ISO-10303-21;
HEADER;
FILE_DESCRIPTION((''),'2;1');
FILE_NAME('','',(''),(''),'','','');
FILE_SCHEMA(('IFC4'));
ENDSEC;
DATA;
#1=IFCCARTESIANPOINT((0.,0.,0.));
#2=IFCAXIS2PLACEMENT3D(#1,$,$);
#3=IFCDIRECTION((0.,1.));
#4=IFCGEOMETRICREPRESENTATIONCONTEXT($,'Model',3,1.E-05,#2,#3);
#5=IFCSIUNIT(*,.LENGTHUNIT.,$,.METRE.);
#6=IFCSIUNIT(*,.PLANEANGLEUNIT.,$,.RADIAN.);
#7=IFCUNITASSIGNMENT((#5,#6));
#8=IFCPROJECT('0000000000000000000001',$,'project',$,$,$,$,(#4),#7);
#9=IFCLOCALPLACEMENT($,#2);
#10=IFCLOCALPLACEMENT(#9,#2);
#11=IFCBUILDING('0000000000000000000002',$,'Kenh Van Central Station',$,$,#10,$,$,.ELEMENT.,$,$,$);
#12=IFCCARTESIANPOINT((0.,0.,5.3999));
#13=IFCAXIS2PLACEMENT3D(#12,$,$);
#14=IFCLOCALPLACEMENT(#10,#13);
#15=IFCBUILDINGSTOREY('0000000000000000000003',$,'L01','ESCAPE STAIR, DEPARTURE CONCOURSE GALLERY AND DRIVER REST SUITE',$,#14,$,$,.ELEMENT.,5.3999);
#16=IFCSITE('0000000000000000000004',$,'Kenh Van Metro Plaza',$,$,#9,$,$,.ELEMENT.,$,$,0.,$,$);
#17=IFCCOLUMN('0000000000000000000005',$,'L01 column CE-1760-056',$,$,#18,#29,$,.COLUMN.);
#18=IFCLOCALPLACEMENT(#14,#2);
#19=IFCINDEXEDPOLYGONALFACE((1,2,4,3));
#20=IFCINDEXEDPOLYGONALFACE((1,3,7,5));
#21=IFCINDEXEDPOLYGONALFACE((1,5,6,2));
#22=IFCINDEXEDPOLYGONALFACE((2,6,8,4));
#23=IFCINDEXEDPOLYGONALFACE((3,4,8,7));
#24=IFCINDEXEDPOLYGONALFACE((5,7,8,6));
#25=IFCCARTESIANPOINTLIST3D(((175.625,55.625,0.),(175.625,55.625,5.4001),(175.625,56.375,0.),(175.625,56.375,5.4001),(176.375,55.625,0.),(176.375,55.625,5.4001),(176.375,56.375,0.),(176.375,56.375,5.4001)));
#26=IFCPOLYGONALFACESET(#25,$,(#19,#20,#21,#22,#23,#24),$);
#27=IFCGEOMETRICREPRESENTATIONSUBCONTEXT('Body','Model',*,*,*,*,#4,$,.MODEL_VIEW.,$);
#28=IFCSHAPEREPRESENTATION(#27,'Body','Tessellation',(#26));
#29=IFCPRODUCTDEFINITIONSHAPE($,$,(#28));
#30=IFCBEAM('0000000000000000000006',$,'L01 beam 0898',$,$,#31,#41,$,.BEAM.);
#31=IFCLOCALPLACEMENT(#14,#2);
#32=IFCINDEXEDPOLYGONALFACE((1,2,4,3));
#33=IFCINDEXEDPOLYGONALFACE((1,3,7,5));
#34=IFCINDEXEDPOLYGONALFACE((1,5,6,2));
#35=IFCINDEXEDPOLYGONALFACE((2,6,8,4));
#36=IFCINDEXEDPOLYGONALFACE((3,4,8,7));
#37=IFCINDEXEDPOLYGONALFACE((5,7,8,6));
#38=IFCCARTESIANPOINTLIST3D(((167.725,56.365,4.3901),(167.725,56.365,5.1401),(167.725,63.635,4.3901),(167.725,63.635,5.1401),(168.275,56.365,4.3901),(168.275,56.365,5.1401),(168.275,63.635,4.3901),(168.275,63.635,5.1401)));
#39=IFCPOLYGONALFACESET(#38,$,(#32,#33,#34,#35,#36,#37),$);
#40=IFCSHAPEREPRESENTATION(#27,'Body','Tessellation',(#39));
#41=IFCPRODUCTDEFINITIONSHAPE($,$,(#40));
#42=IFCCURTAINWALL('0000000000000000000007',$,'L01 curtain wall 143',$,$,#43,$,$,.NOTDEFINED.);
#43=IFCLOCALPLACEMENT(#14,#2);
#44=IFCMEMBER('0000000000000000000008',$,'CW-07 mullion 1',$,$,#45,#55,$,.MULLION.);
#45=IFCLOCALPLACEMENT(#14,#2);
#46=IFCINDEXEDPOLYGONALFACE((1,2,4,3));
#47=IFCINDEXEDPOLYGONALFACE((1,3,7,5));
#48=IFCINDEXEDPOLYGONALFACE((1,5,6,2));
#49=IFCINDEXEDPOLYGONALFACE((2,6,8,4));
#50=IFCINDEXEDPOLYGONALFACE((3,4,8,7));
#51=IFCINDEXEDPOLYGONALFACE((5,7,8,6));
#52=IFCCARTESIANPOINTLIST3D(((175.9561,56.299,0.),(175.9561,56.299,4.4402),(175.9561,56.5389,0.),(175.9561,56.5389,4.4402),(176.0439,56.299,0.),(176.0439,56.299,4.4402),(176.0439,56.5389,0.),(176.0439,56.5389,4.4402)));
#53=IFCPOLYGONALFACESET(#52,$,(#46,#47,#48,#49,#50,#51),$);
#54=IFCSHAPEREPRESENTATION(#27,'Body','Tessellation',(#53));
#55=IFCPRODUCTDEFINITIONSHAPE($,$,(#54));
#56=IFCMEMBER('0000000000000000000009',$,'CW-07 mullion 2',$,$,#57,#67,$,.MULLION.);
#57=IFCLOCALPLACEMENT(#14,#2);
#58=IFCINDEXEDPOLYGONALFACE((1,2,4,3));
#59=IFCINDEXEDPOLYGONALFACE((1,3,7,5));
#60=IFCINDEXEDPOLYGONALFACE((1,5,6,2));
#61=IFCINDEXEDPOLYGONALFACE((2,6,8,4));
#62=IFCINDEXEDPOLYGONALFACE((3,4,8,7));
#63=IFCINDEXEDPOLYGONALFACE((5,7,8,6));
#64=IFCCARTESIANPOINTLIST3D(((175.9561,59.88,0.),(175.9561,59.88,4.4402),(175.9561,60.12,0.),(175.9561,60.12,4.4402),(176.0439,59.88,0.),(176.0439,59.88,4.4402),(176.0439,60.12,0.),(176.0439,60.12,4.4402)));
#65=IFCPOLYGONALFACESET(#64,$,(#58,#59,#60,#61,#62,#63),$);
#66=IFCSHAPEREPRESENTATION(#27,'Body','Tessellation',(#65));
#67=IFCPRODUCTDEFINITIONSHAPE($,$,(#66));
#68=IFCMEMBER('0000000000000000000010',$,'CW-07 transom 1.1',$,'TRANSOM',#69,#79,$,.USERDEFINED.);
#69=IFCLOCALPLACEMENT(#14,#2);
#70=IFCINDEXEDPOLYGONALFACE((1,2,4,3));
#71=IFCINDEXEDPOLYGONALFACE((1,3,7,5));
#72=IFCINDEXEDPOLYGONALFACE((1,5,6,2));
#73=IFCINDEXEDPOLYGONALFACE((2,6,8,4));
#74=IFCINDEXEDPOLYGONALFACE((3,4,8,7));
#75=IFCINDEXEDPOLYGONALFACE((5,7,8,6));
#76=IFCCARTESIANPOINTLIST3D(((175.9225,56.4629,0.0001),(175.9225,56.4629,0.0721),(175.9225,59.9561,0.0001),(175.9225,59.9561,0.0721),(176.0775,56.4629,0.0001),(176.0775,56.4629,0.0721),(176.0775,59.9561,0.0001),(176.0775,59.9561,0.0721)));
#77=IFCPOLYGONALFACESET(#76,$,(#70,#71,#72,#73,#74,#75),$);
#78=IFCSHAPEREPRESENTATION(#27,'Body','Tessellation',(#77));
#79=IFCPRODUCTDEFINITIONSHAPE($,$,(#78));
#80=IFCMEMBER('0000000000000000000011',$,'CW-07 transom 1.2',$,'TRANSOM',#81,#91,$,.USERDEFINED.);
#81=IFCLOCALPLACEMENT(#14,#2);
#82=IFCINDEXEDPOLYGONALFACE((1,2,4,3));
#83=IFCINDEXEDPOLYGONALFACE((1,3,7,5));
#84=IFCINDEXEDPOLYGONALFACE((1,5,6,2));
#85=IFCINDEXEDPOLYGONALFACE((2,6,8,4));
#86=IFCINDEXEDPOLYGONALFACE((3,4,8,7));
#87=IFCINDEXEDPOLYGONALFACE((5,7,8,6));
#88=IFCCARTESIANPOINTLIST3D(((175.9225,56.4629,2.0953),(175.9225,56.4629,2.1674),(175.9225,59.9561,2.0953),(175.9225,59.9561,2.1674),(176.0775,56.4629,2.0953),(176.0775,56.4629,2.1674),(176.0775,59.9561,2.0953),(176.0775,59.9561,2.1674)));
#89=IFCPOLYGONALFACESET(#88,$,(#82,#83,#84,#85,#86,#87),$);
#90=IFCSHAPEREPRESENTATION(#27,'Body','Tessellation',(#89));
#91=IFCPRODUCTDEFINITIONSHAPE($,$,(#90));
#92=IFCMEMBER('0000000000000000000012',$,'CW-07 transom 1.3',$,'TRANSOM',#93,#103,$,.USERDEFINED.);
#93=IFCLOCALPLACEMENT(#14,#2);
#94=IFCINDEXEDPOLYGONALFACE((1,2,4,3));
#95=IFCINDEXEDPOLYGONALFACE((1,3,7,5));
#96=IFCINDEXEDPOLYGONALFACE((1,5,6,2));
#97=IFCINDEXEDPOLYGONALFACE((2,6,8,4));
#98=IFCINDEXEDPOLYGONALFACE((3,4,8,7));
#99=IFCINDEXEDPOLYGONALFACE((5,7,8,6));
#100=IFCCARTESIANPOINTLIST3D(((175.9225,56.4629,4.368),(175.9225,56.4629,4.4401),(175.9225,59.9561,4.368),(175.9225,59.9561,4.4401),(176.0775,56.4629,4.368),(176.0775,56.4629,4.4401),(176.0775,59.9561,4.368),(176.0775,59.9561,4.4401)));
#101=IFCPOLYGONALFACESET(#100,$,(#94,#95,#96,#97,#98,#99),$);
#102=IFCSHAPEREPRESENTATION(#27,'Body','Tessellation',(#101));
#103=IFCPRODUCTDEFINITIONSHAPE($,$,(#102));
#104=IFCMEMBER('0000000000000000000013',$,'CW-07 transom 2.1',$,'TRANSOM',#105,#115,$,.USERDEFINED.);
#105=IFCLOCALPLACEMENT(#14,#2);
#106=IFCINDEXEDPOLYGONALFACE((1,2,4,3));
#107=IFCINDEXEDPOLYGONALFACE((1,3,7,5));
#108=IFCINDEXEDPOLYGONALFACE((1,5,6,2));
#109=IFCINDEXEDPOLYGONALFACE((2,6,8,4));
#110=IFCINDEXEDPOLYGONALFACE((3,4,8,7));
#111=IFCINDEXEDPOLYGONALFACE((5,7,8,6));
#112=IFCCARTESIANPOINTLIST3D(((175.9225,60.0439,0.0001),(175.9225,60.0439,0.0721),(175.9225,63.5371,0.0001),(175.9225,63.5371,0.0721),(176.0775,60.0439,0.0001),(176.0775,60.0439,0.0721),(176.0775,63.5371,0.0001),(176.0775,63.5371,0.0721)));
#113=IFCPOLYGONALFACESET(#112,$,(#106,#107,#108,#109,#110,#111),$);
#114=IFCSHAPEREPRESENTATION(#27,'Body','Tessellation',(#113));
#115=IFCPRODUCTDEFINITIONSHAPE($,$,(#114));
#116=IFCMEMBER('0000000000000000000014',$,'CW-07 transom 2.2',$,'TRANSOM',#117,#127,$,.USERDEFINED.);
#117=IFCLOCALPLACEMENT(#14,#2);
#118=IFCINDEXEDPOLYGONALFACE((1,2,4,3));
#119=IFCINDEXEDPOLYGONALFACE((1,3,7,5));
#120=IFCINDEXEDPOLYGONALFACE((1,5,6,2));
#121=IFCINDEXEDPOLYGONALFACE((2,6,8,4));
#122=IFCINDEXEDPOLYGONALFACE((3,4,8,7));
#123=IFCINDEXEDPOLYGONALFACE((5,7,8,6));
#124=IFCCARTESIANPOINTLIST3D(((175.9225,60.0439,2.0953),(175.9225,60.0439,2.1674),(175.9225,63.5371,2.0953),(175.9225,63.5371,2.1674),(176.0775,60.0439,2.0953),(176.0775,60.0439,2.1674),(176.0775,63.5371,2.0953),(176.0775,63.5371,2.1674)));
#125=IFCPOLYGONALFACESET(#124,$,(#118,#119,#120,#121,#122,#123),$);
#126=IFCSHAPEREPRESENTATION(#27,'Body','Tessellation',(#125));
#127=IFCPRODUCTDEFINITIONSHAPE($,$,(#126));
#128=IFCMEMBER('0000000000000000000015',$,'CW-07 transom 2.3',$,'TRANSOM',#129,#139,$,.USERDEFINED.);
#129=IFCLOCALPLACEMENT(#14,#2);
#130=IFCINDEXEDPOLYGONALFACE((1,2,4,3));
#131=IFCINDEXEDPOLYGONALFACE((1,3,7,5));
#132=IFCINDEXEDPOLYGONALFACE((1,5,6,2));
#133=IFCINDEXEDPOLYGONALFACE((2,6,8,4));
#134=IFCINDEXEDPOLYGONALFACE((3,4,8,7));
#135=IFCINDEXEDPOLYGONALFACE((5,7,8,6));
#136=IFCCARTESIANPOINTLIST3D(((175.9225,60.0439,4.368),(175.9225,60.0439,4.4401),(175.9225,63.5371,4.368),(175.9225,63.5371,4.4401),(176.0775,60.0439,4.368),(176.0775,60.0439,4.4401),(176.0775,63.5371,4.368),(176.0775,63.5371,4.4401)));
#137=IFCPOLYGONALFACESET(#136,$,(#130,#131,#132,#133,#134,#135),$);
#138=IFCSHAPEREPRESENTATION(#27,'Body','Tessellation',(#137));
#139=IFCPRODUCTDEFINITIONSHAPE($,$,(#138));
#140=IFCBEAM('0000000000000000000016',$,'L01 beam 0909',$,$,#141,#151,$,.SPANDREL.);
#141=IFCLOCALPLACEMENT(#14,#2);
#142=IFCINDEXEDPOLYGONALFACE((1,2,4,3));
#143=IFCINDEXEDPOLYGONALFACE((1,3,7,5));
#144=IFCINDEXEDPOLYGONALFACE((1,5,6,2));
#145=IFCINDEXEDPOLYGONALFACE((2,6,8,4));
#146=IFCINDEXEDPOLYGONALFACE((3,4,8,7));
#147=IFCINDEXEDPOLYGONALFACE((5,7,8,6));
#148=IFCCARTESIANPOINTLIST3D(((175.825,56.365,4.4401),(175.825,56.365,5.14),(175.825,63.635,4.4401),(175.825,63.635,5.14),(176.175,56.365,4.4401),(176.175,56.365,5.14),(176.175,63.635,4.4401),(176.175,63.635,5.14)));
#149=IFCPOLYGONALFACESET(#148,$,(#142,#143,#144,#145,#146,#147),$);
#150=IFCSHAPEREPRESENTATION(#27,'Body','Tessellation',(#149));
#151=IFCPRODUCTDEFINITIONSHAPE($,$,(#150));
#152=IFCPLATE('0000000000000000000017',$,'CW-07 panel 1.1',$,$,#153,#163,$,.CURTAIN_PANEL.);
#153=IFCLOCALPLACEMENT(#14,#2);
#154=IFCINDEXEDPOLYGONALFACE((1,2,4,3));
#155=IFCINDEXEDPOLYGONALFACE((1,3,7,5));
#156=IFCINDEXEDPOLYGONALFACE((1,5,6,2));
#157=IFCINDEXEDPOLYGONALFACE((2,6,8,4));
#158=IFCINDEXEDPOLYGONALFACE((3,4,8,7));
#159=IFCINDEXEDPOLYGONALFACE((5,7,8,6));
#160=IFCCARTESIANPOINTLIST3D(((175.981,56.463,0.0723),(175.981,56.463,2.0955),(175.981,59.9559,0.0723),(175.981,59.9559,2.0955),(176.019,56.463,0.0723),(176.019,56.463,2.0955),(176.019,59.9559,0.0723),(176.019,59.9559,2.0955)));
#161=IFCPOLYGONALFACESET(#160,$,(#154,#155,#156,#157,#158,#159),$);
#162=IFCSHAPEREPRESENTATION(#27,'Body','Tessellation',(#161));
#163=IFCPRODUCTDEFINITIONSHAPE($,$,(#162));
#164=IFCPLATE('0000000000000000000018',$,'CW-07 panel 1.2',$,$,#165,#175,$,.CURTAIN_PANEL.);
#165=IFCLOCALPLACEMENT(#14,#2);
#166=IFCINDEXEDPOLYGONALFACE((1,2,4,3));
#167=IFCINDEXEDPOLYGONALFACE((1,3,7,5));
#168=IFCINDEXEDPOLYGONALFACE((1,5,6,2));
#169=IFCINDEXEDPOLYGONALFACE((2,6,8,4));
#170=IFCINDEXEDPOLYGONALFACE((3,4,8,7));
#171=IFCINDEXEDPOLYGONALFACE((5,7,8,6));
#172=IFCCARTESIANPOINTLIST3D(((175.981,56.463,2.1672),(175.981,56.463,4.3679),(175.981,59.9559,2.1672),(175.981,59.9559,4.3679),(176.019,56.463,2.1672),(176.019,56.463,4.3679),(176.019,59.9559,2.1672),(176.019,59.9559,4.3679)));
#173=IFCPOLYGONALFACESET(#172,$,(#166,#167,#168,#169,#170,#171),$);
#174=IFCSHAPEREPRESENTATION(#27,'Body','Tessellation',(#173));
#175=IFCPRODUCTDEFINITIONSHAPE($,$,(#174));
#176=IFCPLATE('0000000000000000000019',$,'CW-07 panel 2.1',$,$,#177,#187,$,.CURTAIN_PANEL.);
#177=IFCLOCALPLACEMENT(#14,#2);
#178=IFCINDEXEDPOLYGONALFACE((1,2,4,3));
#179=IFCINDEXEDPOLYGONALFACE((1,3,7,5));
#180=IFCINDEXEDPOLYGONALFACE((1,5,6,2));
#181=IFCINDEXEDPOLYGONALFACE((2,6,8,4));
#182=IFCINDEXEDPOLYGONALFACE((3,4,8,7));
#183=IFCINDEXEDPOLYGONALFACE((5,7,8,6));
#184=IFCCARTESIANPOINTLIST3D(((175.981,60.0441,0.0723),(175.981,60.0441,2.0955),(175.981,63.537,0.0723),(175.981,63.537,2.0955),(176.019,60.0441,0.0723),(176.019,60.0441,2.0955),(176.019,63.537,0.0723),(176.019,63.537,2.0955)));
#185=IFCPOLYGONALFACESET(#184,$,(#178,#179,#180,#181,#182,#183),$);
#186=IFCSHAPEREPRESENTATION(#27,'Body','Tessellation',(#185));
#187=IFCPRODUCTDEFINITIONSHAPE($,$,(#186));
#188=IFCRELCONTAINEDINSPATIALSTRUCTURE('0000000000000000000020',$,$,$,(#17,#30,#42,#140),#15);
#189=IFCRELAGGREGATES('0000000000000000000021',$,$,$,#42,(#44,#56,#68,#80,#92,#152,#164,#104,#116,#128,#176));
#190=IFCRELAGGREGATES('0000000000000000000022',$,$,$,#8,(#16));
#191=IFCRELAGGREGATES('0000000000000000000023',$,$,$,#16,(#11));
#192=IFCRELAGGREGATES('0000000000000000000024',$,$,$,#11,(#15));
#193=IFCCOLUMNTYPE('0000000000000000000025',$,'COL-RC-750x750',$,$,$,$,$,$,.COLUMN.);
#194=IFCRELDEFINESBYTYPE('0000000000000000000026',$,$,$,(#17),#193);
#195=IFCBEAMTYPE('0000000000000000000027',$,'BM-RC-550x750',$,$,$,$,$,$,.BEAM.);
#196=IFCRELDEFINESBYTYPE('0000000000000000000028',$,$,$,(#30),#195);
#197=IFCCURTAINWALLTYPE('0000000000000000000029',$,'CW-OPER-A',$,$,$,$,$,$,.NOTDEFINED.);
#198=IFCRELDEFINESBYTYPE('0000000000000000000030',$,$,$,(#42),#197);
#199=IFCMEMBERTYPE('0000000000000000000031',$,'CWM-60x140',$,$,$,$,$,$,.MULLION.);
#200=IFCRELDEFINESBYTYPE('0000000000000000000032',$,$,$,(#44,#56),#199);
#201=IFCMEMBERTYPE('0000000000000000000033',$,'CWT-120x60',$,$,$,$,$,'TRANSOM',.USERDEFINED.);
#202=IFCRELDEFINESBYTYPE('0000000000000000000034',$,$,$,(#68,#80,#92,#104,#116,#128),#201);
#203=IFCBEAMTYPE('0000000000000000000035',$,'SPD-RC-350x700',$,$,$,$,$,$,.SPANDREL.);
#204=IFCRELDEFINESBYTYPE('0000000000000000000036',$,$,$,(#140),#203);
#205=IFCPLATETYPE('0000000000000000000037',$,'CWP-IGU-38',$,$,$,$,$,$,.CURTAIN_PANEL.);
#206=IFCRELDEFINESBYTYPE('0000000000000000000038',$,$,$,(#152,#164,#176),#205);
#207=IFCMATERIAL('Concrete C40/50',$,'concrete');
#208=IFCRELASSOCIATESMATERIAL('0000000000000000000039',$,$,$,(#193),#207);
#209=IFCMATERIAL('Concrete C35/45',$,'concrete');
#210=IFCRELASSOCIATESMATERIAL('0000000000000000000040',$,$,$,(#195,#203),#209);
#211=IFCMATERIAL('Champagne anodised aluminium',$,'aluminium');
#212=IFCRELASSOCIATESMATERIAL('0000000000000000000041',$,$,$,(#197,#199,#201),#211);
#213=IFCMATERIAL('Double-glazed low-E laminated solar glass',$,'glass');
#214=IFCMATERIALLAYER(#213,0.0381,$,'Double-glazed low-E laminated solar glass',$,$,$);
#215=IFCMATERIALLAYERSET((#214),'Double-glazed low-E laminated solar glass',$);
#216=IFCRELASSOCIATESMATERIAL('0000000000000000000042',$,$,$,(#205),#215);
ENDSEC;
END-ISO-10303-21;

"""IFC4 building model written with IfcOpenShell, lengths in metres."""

from ifc_helpers import new_model, si_unit, direction, frame, origin, origin_2d, place, context, subcontext, project, spatial, rectangle, extrude, material, layer, layer_set, material_profile, profile_set, type_object, element, aggregate, save


model = new_model("IFC4")

# Units and contexts
model_context = context("Model", 3, precision=1e-05, world=origin(), true_north=direction((0.0, 1.0)))
body_context = subcontext(model_context, "Body", "Model", "MODEL_VIEW")
ifc_project = project(units=[si_unit("LENGTHUNIT", "METRE"), si_unit("PLANEANGLEUNIT", "RADIAN")], contexts=[model_context])

# Site, building, storey
site_placement = place(None, origin())
site = spatial("IfcSite", under=ifc_project, at=site_placement, Name="Kenh Van Metro Plaza", CompositionType="ELEMENT", RefElevation=0.0)
building_placement = place(site_placement, origin())
building = spatial("IfcBuilding", under=site, at=building_placement, Name="Kenh Van Central Station", CompositionType="ELEMENT")
storey_placement = place(building_placement, frame((0.0, 0.0, 5.3999)))
storey = spatial("IfcBuildingStorey", under=building, at=storey_placement, Name="L01", Description="ESCAPE STAIR, DEPARTURE CONCOURSE GALLERY AND DRIVER REST SUITE", CompositionType="ELEMENT", Elevation=5.3999)

# Column
ifc_material_1 = material(Name="Concrete C40/50", Category="concrete")
ifc_material_profile_1 = material_profile(ifc_material_1, rectangle(XDim=0.75, YDim=0.75, at=origin_2d()), Name="RC 750x750")
ifc_profile_set_1 = profile_set([ifc_material_profile_1], Name="Concrete C40/50")
column_type = type_object("IfcColumnType", Name="COL-RC-750x750", PredefinedType="COLUMN", material=ifc_profile_set_1)
column_placement = place(storey_placement, frame((176.0, 56.0, 0.0), z_axis=(0.0, 0.0, 1.0), x_axis=(1.0, 0.0, 0.0)))
element("IfcColumn", 1, at=column_placement, inside=storey, type_object=column_type, Name="L01 column CE-1760-056", PredefinedType="COLUMN", context=body_context, shape_type="SweptSolid", body=[
    extrude(rectangle(XDim=0.75, YDim=0.75, at=origin_2d()), origin(), (0.0, 0.0, 1.0), 5.4001),
])

# Beam
ifc_material_2 = material(Name="Concrete C35/45", Category="concrete")
ifc_material_profile_2 = material_profile(ifc_material_2, rectangle(XDim=0.55, YDim=0.75, at=origin_2d()), Name="RC 550x750")
ifc_profile_set_2 = profile_set([ifc_material_profile_2], Name="Concrete C35/45")
beam_type_1 = type_object("IfcBeamType", Name="BM-RC-550x750", PredefinedType="BEAM", material=ifc_profile_set_2)
beam_1_placement = place(storey_placement, frame((168.0, 56.365, 4.7651), z_axis=(0.0, 1.0, 0.0), x_axis=(-1.0, 0.0, 0.0)))
element("IfcBeam", 2, at=beam_1_placement, inside=storey, type_object=beam_type_1, Name="L01 beam 0898", PredefinedType="BEAM", context=body_context, shape_type="SweptSolid", body=[
    extrude(rectangle(XDim=0.55, YDim=0.75, at=origin_2d()), origin(), (0.0, 0.0, 1.0), 7.27),
])

# Curtain wall, members
ifc_material_3 = material(Name="Champagne anodised aluminium", Category="aluminium")
curtain_wall_type = type_object("IfcCurtainWallType", Name="CW-OPER-A", PredefinedType="NOTDEFINED", material=ifc_material_3)
curtain_wall_placement = place(storey_placement, origin())
curtain_wall = element("IfcCurtainWall", 3, at=curtain_wall_placement, inside=storey, type_object=curtain_wall_type, Name="L01 curtain wall 143", PredefinedType="NOTDEFINED")
ifc_material_profile_3 = material_profile(ifc_material_3, rectangle(XDim=0.0879, YDim=0.24, at=origin_2d()), Name="AL 88x240")
ifc_profile_set_3 = profile_set([ifc_material_profile_3], Name="Champagne anodised aluminium")
member_type_1 = type_object("IfcMemberType", Name="CWM-60x140", PredefinedType="MULLION", material=ifc_profile_set_3)
member_1_placement = place(storey_placement, frame((176.0, 56.4189, 0.0), z_axis=(0.0, 0.0, 1.0), x_axis=(-1.0, 0.0, 0.0)))
member_1 = element("IfcMember", 4, at=member_1_placement, type_object=member_type_1, Name="CW-07 mullion 1", PredefinedType="MULLION", context=body_context, shape_type="SweptSolid", body=[
    extrude(rectangle(XDim=0.0879, YDim=0.24, at=origin_2d()), origin(), (0.0, 0.0, 1.0), 4.4402),
])
member_2_placement = place(storey_placement, frame((176.0, 60.0, 0.0), z_axis=(0.0, 0.0, 1.0), x_axis=(-1.0, 0.0, 0.0)))
member_2 = element("IfcMember", 5, at=member_2_placement, type_object=member_type_1, Name="CW-07 mullion 2", PredefinedType="MULLION", context=body_context, shape_type="SweptSolid", body=[
    extrude(rectangle(XDim=0.0879, YDim=0.24, at=origin_2d()), origin(), (0.0, 0.0, 1.0), 4.4402),
])
ifc_material_profile_4 = material_profile(ifc_material_3, rectangle(XDim=0.155, YDim=0.072, at=origin_2d()), Name="AL 155x72")
ifc_profile_set_4 = profile_set([ifc_material_profile_4], Name="Champagne anodised aluminium")
member_type_2 = type_object("IfcMemberType", Name="CWT-120x60", ElementType="TRANSOM", PredefinedType="USERDEFINED", material=ifc_profile_set_4)
member_3_placement = place(storey_placement, frame((176.0, 56.4629, 0.0361), z_axis=(0.0, 1.0, 0.0), x_axis=(-1.0, 0.0, 0.0)))
member_3 = element("IfcMember", 6, at=member_3_placement, type_object=member_type_2, Name="CW-07 transom 1.1", ObjectType="TRANSOM", PredefinedType="USERDEFINED", context=body_context, shape_type="SweptSolid", body=[
    extrude(rectangle(XDim=0.155, YDim=0.072, at=origin_2d()), origin(), (0.0, 0.0, 1.0), 3.4932),
])
member_4_placement = place(storey_placement, frame((176.0, 56.4629, 2.1313), z_axis=(0.0, 1.0, 0.0), x_axis=(-1.0, 0.0, 0.0)))
member_4 = element("IfcMember", 7, at=member_4_placement, type_object=member_type_2, Name="CW-07 transom 1.2", ObjectType="TRANSOM", PredefinedType="USERDEFINED", context=body_context, shape_type="SweptSolid", body=[
    extrude(rectangle(XDim=0.155, YDim=0.072, at=origin_2d()), origin(), (0.0, 0.0, 1.0), 3.4932),
])
member_5_placement = place(storey_placement, frame((176.0, 56.4629, 4.4041), z_axis=(0.0, 1.0, 0.0), x_axis=(-1.0, 0.0, 0.0)))
member_5 = element("IfcMember", 8, at=member_5_placement, type_object=member_type_2, Name="CW-07 transom 1.3", ObjectType="TRANSOM", PredefinedType="USERDEFINED", context=body_context, shape_type="SweptSolid", body=[
    extrude(rectangle(XDim=0.155, YDim=0.072, at=origin_2d()), origin(), (0.0, 0.0, 1.0), 3.4932),
])
member_6_placement = place(storey_placement, frame((176.0, 60.0439, 0.0361), z_axis=(0.0, 1.0, 0.0), x_axis=(-1.0, 0.0, 0.0)))
member_6 = element("IfcMember", 9, at=member_6_placement, type_object=member_type_2, Name="CW-07 transom 2.1", ObjectType="TRANSOM", PredefinedType="USERDEFINED", context=body_context, shape_type="SweptSolid", body=[
    extrude(rectangle(XDim=0.155, YDim=0.072, at=origin_2d()), origin(), (0.0, 0.0, 1.0), 3.4932),
])
member_7_placement = place(storey_placement, frame((176.0, 60.0439, 2.1313), z_axis=(0.0, 1.0, 0.0), x_axis=(-1.0, 0.0, 0.0)))
member_7 = element("IfcMember", 10, at=member_7_placement, type_object=member_type_2, Name="CW-07 transom 2.2", ObjectType="TRANSOM", PredefinedType="USERDEFINED", context=body_context, shape_type="SweptSolid", body=[
    extrude(rectangle(XDim=0.155, YDim=0.072, at=origin_2d()), origin(), (0.0, 0.0, 1.0), 3.4932),
])
member_8_placement = place(storey_placement, frame((176.0, 60.0439, 4.4041), z_axis=(0.0, 1.0, 0.0), x_axis=(-1.0, 0.0, 0.0)))
member_8 = element("IfcMember", 11, at=member_8_placement, type_object=member_type_2, Name="CW-07 transom 2.3", ObjectType="TRANSOM", PredefinedType="USERDEFINED", context=body_context, shape_type="SweptSolid", body=[
    extrude(rectangle(XDim=0.155, YDim=0.072, at=origin_2d()), origin(), (0.0, 0.0, 1.0), 3.4932),
])

# Beam
ifc_material_profile_5 = material_profile(ifc_material_2, rectangle(XDim=0.3501, YDim=0.7, at=origin_2d()), Name="RC 350x700")
ifc_profile_set_5 = profile_set([ifc_material_profile_5], Name="Concrete C35/45")
beam_type_2 = type_object("IfcBeamType", Name="SPD-RC-350x700", PredefinedType="SPANDREL", material=ifc_profile_set_5)
beam_2_placement = place(storey_placement, frame((176.0, 56.365, 4.79), z_axis=(0.0, 1.0, 0.0), x_axis=(-1.0, 0.0, 0.0)))
element("IfcBeam", 12, at=beam_2_placement, inside=storey, type_object=beam_type_2, Name="L01 beam 0909", PredefinedType="SPANDREL", context=body_context, shape_type="SweptSolid", body=[
    extrude(rectangle(XDim=0.3501, YDim=0.7, at=origin_2d()), origin(), (0.0, 0.0, 1.0), 7.27),
])

# Plates
ifc_material_4 = material(Name="Double-glazed low-E laminated solar glass", Category="glass")
ifc_layer_1 = layer(ifc_material_4, 0.0381, Name="Double-glazed low-E laminated solar glass")
ifc_layer_set_1 = layer_set([ifc_layer_1], Name="Double-glazed low-E laminated solar glass")
plate_type = type_object("IfcPlateType", Name="CWP-IGU-38", PredefinedType="CURTAIN_PANEL", material=ifc_layer_set_1)
plate_1_placement = place(storey_placement, frame((176.0, 58.2095, 0.0723), z_axis=(0.0, 0.0, 1.0), x_axis=(0.0, 1.0, 0.0)))
plate_1 = element("IfcPlate", 13, at=plate_1_placement, type_object=plate_type, Name="CW-07 panel 1.1", PredefinedType="CURTAIN_PANEL", context=body_context, shape_type="SweptSolid", body=[
    extrude(rectangle(XDim=3.4929, YDim=0.0381, at=origin_2d()), origin(), (0.0, 0.0, 1.0), 2.0232),
])
plate_2_placement = place(storey_placement, frame((176.0, 58.2095, 2.1672), z_axis=(0.0, 0.0, 1.0), x_axis=(0.0, 1.0, 0.0)))
plate_2 = element("IfcPlate", 14, at=plate_2_placement, type_object=plate_type, Name="CW-07 panel 1.2", PredefinedType="CURTAIN_PANEL", context=body_context, shape_type="SweptSolid", body=[
    extrude(rectangle(XDim=3.4929, YDim=0.0381, at=origin_2d()), origin(), (0.0, 0.0, 1.0), 2.2007),
])
plate_3_placement = place(storey_placement, frame((176.0, 61.7905, 0.0723), z_axis=(0.0, 0.0, 1.0), x_axis=(0.0, 1.0, 0.0)))
plate_3 = element("IfcPlate", 15, at=plate_3_placement, type_object=plate_type, Name="CW-07 panel 2.1", PredefinedType="CURTAIN_PANEL", context=body_context, shape_type="SweptSolid", body=[
    extrude(rectangle(XDim=3.4929, YDim=0.0381, at=origin_2d()), origin(), (0.0, 0.0, 1.0), 2.0232),
])
aggregate(curtain_wall, [member_1, member_2, member_3, member_4, member_5, plate_1, plate_2, member_6, member_7, member_8, plate_3])

save(model, "model.ifc")
